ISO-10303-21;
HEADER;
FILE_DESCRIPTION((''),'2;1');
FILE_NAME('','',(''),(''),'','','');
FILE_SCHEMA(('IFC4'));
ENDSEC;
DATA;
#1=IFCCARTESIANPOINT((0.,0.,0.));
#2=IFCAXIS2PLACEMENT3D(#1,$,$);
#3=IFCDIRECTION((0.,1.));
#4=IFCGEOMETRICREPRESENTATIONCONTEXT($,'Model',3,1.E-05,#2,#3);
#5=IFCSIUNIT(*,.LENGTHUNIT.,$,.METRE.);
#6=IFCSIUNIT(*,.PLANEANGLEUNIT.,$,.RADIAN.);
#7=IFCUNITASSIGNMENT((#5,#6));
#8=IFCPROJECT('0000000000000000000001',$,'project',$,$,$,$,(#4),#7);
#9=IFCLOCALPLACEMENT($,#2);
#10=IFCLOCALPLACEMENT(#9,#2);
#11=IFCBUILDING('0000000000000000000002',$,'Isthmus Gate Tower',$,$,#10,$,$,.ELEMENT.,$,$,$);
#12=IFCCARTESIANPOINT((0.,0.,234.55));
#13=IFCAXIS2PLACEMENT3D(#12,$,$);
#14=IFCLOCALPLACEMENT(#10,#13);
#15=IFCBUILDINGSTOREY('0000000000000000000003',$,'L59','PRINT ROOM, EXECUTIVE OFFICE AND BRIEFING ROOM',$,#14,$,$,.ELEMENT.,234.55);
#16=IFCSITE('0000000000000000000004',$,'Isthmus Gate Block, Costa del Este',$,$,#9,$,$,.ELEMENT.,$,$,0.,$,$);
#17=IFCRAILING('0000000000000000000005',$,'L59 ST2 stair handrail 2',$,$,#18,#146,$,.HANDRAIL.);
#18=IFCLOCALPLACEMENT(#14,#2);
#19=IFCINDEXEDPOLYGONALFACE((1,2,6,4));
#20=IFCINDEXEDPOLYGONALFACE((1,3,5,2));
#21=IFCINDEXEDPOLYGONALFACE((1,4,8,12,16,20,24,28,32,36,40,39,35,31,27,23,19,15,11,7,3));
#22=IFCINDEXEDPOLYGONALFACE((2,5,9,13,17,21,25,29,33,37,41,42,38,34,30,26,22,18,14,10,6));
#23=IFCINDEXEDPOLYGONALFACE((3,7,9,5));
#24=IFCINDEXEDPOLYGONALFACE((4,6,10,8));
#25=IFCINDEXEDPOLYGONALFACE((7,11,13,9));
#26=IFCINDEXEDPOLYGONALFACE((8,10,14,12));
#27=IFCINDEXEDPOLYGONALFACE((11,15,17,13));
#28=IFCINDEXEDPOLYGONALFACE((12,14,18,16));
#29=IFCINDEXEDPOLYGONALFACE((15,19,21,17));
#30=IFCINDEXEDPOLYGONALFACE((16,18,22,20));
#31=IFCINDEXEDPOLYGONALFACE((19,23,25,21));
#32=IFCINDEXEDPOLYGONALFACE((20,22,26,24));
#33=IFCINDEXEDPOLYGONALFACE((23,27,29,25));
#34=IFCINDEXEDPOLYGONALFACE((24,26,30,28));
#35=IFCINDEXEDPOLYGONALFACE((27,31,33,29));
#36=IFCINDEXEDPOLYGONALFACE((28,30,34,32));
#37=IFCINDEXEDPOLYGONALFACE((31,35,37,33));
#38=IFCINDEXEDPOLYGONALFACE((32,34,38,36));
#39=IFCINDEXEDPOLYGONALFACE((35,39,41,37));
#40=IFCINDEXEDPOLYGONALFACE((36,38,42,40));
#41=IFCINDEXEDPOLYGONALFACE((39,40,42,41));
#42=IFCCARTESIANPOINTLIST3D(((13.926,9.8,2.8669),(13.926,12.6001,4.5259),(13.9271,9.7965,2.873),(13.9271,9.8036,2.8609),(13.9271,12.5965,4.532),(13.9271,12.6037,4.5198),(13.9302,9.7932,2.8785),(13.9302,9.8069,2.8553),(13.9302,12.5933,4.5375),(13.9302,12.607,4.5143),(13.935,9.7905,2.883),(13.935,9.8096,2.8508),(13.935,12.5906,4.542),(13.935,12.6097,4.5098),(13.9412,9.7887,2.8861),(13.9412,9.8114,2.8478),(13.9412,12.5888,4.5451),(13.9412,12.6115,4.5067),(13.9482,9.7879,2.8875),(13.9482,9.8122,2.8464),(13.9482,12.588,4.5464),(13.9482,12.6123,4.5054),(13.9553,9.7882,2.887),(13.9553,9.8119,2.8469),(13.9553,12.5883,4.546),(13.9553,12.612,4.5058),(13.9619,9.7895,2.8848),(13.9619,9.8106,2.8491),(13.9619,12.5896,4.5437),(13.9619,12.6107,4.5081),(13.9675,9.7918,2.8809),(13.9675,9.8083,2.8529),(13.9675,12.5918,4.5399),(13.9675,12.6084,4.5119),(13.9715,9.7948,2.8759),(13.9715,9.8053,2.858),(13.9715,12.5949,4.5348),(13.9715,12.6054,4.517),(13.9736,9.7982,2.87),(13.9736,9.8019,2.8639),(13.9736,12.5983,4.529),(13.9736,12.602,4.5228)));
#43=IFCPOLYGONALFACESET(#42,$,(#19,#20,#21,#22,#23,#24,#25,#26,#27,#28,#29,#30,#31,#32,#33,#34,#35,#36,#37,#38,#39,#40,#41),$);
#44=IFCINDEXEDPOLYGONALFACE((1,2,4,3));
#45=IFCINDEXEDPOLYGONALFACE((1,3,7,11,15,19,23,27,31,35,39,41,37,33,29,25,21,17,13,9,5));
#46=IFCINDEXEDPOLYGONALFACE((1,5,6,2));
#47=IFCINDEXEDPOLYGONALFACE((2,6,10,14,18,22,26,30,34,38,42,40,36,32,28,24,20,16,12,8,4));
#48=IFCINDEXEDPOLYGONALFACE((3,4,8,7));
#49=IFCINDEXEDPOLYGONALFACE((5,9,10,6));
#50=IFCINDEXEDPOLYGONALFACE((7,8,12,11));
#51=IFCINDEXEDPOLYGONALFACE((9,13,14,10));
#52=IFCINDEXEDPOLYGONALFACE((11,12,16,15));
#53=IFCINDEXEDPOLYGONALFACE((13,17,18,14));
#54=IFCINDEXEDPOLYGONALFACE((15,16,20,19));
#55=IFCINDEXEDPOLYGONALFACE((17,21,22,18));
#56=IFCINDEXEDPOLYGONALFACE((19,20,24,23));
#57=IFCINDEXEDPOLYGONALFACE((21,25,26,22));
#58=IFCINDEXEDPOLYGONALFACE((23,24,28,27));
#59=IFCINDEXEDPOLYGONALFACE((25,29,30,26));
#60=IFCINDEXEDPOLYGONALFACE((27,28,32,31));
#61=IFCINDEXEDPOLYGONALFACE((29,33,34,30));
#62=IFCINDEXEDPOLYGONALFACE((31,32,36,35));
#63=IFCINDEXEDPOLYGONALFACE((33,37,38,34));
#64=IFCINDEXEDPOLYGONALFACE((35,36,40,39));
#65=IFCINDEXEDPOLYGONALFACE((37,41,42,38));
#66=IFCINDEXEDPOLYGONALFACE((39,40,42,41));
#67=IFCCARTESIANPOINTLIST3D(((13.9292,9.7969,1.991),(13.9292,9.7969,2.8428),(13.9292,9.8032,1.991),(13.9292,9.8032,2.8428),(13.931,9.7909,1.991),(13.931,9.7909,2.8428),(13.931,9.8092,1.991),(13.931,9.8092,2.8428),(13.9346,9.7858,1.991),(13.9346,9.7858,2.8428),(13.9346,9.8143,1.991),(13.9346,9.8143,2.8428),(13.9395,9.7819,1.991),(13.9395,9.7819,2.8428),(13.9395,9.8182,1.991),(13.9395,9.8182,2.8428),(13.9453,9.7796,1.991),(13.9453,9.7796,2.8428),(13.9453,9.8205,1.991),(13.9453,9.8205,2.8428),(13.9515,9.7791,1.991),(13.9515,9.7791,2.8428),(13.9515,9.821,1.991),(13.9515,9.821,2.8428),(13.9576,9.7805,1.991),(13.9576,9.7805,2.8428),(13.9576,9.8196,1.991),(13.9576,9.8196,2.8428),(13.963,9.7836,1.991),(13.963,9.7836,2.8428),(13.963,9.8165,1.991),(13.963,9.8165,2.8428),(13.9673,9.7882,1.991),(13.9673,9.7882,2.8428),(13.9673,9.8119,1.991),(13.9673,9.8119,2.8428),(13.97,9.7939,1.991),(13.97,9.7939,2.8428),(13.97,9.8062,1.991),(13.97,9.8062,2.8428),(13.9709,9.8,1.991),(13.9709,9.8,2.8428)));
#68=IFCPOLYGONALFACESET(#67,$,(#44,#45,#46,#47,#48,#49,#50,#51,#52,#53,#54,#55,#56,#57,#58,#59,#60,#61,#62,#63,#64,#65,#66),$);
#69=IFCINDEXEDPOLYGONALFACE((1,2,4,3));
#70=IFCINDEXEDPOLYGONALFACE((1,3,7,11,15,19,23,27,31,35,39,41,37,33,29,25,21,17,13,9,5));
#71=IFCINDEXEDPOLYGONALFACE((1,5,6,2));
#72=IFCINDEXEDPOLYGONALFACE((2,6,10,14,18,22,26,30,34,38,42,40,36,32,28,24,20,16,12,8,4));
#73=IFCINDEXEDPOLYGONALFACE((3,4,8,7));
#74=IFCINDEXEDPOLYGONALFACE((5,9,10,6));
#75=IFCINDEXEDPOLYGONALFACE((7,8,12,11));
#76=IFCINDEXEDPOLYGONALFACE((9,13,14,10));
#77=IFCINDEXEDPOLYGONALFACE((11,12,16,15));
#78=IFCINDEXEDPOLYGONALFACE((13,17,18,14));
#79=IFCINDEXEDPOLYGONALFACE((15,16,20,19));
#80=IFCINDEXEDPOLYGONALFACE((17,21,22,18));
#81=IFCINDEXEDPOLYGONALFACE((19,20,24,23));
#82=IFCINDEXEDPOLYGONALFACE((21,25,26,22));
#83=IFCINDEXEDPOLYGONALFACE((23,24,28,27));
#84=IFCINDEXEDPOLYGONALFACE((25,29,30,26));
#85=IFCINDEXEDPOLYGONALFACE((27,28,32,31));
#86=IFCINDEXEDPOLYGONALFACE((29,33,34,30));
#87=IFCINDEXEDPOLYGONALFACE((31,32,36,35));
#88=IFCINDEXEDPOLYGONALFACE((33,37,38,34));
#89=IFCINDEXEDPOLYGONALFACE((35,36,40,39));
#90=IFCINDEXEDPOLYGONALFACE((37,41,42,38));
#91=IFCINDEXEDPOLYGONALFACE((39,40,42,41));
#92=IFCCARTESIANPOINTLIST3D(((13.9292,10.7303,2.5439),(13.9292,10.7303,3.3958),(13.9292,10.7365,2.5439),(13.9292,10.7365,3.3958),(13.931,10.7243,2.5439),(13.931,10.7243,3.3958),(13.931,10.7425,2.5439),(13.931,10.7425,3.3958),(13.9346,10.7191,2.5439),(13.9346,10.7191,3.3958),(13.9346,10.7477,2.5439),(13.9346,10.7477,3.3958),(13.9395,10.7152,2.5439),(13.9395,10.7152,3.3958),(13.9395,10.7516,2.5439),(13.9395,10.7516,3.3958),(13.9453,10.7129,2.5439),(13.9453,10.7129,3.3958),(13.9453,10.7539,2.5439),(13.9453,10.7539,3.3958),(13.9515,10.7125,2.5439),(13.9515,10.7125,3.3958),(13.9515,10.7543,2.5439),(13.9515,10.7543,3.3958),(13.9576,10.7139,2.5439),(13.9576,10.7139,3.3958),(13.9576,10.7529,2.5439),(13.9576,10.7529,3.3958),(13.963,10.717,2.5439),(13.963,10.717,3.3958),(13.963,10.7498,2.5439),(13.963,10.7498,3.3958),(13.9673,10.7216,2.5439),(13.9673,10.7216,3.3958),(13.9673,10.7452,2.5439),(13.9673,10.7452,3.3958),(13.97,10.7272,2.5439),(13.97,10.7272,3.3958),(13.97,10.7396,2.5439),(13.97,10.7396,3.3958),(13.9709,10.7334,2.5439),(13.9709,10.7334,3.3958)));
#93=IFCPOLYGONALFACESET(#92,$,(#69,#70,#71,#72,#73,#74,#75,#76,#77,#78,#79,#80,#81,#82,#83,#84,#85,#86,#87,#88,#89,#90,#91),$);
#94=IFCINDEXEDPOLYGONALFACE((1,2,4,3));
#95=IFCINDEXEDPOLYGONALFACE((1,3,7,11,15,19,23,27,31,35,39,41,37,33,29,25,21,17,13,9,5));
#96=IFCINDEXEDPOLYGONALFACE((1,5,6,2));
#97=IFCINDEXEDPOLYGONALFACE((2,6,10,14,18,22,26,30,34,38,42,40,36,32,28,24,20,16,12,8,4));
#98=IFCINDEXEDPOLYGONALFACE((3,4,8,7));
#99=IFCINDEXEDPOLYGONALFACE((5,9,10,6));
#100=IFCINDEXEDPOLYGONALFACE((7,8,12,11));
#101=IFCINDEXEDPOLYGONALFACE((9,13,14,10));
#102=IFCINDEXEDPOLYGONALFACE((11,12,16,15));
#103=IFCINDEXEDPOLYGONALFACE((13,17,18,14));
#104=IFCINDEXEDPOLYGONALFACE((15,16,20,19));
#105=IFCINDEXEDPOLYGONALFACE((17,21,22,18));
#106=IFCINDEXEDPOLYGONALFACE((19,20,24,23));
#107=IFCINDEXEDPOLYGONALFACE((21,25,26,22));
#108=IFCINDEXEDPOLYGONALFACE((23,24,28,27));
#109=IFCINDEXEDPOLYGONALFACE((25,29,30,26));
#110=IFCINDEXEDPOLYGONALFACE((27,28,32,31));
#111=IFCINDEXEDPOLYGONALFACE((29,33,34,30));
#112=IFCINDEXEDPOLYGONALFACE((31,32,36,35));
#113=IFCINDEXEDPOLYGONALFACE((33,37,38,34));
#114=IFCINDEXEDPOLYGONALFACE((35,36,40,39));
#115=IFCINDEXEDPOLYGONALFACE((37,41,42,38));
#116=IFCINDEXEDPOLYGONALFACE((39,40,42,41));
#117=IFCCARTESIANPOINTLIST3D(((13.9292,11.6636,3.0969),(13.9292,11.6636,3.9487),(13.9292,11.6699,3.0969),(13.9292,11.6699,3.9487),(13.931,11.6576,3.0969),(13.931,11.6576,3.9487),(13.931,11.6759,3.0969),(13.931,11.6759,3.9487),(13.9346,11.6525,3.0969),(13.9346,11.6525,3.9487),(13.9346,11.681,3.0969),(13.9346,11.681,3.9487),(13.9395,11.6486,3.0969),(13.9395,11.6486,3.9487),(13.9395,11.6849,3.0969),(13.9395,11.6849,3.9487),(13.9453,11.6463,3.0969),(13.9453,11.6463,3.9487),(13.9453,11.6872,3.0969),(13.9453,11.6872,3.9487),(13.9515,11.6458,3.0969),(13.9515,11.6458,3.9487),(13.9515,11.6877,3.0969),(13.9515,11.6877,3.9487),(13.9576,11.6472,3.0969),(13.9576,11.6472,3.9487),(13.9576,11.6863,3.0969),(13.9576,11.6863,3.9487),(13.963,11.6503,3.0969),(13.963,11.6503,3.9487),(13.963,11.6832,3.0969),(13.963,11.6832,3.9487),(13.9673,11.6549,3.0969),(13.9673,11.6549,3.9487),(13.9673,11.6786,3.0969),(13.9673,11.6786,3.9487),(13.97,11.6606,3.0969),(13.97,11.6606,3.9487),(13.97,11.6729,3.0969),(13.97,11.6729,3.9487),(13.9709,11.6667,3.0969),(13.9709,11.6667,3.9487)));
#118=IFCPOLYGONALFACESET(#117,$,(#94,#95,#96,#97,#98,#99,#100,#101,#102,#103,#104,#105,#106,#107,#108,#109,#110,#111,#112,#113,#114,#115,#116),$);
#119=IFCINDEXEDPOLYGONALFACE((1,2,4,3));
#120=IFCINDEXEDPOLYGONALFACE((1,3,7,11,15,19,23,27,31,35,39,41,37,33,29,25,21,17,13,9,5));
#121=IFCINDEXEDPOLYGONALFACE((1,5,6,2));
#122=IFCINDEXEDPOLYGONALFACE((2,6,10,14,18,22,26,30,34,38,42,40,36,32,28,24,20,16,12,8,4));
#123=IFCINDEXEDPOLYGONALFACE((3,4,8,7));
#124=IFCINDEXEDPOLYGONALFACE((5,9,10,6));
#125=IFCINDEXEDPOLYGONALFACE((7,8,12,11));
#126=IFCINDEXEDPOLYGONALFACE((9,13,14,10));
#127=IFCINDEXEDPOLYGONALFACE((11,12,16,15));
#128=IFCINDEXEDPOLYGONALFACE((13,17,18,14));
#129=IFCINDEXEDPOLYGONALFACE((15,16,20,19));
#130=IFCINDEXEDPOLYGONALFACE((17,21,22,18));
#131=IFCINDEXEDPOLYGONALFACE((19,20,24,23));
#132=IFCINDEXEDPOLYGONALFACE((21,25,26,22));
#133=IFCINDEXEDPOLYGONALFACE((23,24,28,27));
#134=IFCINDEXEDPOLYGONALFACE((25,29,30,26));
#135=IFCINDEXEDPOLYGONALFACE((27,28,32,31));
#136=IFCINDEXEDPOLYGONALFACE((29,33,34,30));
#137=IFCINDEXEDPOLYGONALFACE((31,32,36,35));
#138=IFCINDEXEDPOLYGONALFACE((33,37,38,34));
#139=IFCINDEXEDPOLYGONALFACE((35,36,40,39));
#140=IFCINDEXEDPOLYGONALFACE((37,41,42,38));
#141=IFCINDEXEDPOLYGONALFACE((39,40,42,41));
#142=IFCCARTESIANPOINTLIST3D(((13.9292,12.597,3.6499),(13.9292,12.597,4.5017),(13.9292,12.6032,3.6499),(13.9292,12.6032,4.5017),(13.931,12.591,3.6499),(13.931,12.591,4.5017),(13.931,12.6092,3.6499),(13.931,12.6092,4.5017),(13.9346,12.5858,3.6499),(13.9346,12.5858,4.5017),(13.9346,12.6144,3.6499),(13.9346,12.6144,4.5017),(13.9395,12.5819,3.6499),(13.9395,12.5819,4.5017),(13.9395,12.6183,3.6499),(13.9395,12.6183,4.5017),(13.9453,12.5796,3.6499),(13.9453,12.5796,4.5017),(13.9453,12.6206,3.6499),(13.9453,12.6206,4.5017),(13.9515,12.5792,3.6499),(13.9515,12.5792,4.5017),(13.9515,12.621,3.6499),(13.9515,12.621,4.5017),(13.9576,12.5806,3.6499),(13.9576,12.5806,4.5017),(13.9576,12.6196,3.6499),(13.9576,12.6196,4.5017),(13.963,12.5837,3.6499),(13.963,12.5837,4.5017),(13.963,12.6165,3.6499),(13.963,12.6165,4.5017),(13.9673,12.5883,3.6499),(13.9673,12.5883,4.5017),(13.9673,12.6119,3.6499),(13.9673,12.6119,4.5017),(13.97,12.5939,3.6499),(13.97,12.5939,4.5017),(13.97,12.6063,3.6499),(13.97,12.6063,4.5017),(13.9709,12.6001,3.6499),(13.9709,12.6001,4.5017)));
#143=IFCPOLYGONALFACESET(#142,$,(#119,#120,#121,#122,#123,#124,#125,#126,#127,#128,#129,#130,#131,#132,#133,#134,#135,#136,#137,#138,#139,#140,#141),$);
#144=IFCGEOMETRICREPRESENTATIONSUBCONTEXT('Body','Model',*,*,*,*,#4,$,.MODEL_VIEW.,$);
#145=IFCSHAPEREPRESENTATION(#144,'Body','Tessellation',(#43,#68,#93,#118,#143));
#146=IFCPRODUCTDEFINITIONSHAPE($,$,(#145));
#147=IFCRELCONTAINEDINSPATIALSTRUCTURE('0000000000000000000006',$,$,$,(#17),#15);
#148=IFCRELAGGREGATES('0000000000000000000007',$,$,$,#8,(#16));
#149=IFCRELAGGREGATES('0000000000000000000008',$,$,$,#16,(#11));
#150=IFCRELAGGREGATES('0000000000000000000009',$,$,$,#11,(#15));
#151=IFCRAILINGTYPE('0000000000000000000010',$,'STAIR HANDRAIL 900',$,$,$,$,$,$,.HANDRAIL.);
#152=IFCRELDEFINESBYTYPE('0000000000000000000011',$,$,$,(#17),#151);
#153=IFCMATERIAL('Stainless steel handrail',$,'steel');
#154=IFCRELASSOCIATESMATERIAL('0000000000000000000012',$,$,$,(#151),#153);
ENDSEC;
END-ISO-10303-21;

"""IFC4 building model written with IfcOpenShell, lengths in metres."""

from ifc_helpers import new_model, si_unit, direction, frame, origin, origin_2d, place, context, subcontext, project, spatial, circle, extrude, material, type_object, element, save


model = new_model("IFC4")

# Units and contexts
model_context = context("Model", 3, precision=1e-05, world=origin(), true_north=direction((0.0, 1.0)))
body_context = subcontext(model_context, "Body", "Model", "MODEL_VIEW")
ifc_project = project(units=[si_unit("LENGTHUNIT", "METRE"), si_unit("PLANEANGLEUNIT", "RADIAN")], contexts=[model_context])

# Site, building, storey
site_placement = place(None, origin())
site = spatial("IfcSite", under=ifc_project, at=site_placement, Name="Isthmus Gate Block, Costa del Este", CompositionType="ELEMENT", RefElevation=0.0)
building_placement = place(site_placement, origin())
building = spatial("IfcBuilding", under=site, at=building_placement, Name="Isthmus Gate Tower", CompositionType="ELEMENT")
storey_placement = place(building_placement, frame((0.0, 0.0, 234.55)))
storey = spatial("IfcBuildingStorey", under=building, at=storey_placement, Name="L59", Description="PRINT ROOM, EXECUTIVE OFFICE AND BRIEFING ROOM", CompositionType="ELEMENT", Elevation=234.55)

# Railing
ifc_material_1 = material(Name="Stainless steel handrail", Category="steel")
railing_type_1 = type_object("IfcRailingType", Name="STAIR HANDRAIL 900", PredefinedType="HANDRAIL", material=ifc_material_1)
railing_1_placement = place(storey_placement, frame((13.95, 9.8, 1.991)))
element("IfcRailing", 1, at=railing_1_placement, inside=storey, type_object=railing_type_1, Name="L59 ST2 stair handrail 2", PredefinedType="HANDRAIL", context=body_context, shape_type="SweptSolid", body=[
    extrude(circle(Radius=0.0239, at=origin_2d()), frame((0.0, 0.0, 0.876), z_axis=(0.0, 0.860339, 0.509722), x_axis=(-1.0, 0.0, 0.0)), (0.0, 0.0, 1.0), 3.2546),
    extrude(circle(Radius=0.021, at=origin_2d()), origin(), (0.0, 0.0, 1.0), 0.8518),
    extrude(circle(Radius=0.021, at=origin_2d()), frame((0.0, 0.9333, 0.553)), (0.0, 0.0, 1.0), 0.8518),
    extrude(circle(Radius=0.021, at=origin_2d()), frame((0.0, 1.8667, 1.106)), (0.0, 0.0, 1.0), 0.8518),
    extrude(circle(Radius=0.021, at=origin_2d()), frame((0.0, 2.8, 1.6589)), (0.0, 0.0, 1.0), 0.8518),
])

save(model, "model.ifc")
